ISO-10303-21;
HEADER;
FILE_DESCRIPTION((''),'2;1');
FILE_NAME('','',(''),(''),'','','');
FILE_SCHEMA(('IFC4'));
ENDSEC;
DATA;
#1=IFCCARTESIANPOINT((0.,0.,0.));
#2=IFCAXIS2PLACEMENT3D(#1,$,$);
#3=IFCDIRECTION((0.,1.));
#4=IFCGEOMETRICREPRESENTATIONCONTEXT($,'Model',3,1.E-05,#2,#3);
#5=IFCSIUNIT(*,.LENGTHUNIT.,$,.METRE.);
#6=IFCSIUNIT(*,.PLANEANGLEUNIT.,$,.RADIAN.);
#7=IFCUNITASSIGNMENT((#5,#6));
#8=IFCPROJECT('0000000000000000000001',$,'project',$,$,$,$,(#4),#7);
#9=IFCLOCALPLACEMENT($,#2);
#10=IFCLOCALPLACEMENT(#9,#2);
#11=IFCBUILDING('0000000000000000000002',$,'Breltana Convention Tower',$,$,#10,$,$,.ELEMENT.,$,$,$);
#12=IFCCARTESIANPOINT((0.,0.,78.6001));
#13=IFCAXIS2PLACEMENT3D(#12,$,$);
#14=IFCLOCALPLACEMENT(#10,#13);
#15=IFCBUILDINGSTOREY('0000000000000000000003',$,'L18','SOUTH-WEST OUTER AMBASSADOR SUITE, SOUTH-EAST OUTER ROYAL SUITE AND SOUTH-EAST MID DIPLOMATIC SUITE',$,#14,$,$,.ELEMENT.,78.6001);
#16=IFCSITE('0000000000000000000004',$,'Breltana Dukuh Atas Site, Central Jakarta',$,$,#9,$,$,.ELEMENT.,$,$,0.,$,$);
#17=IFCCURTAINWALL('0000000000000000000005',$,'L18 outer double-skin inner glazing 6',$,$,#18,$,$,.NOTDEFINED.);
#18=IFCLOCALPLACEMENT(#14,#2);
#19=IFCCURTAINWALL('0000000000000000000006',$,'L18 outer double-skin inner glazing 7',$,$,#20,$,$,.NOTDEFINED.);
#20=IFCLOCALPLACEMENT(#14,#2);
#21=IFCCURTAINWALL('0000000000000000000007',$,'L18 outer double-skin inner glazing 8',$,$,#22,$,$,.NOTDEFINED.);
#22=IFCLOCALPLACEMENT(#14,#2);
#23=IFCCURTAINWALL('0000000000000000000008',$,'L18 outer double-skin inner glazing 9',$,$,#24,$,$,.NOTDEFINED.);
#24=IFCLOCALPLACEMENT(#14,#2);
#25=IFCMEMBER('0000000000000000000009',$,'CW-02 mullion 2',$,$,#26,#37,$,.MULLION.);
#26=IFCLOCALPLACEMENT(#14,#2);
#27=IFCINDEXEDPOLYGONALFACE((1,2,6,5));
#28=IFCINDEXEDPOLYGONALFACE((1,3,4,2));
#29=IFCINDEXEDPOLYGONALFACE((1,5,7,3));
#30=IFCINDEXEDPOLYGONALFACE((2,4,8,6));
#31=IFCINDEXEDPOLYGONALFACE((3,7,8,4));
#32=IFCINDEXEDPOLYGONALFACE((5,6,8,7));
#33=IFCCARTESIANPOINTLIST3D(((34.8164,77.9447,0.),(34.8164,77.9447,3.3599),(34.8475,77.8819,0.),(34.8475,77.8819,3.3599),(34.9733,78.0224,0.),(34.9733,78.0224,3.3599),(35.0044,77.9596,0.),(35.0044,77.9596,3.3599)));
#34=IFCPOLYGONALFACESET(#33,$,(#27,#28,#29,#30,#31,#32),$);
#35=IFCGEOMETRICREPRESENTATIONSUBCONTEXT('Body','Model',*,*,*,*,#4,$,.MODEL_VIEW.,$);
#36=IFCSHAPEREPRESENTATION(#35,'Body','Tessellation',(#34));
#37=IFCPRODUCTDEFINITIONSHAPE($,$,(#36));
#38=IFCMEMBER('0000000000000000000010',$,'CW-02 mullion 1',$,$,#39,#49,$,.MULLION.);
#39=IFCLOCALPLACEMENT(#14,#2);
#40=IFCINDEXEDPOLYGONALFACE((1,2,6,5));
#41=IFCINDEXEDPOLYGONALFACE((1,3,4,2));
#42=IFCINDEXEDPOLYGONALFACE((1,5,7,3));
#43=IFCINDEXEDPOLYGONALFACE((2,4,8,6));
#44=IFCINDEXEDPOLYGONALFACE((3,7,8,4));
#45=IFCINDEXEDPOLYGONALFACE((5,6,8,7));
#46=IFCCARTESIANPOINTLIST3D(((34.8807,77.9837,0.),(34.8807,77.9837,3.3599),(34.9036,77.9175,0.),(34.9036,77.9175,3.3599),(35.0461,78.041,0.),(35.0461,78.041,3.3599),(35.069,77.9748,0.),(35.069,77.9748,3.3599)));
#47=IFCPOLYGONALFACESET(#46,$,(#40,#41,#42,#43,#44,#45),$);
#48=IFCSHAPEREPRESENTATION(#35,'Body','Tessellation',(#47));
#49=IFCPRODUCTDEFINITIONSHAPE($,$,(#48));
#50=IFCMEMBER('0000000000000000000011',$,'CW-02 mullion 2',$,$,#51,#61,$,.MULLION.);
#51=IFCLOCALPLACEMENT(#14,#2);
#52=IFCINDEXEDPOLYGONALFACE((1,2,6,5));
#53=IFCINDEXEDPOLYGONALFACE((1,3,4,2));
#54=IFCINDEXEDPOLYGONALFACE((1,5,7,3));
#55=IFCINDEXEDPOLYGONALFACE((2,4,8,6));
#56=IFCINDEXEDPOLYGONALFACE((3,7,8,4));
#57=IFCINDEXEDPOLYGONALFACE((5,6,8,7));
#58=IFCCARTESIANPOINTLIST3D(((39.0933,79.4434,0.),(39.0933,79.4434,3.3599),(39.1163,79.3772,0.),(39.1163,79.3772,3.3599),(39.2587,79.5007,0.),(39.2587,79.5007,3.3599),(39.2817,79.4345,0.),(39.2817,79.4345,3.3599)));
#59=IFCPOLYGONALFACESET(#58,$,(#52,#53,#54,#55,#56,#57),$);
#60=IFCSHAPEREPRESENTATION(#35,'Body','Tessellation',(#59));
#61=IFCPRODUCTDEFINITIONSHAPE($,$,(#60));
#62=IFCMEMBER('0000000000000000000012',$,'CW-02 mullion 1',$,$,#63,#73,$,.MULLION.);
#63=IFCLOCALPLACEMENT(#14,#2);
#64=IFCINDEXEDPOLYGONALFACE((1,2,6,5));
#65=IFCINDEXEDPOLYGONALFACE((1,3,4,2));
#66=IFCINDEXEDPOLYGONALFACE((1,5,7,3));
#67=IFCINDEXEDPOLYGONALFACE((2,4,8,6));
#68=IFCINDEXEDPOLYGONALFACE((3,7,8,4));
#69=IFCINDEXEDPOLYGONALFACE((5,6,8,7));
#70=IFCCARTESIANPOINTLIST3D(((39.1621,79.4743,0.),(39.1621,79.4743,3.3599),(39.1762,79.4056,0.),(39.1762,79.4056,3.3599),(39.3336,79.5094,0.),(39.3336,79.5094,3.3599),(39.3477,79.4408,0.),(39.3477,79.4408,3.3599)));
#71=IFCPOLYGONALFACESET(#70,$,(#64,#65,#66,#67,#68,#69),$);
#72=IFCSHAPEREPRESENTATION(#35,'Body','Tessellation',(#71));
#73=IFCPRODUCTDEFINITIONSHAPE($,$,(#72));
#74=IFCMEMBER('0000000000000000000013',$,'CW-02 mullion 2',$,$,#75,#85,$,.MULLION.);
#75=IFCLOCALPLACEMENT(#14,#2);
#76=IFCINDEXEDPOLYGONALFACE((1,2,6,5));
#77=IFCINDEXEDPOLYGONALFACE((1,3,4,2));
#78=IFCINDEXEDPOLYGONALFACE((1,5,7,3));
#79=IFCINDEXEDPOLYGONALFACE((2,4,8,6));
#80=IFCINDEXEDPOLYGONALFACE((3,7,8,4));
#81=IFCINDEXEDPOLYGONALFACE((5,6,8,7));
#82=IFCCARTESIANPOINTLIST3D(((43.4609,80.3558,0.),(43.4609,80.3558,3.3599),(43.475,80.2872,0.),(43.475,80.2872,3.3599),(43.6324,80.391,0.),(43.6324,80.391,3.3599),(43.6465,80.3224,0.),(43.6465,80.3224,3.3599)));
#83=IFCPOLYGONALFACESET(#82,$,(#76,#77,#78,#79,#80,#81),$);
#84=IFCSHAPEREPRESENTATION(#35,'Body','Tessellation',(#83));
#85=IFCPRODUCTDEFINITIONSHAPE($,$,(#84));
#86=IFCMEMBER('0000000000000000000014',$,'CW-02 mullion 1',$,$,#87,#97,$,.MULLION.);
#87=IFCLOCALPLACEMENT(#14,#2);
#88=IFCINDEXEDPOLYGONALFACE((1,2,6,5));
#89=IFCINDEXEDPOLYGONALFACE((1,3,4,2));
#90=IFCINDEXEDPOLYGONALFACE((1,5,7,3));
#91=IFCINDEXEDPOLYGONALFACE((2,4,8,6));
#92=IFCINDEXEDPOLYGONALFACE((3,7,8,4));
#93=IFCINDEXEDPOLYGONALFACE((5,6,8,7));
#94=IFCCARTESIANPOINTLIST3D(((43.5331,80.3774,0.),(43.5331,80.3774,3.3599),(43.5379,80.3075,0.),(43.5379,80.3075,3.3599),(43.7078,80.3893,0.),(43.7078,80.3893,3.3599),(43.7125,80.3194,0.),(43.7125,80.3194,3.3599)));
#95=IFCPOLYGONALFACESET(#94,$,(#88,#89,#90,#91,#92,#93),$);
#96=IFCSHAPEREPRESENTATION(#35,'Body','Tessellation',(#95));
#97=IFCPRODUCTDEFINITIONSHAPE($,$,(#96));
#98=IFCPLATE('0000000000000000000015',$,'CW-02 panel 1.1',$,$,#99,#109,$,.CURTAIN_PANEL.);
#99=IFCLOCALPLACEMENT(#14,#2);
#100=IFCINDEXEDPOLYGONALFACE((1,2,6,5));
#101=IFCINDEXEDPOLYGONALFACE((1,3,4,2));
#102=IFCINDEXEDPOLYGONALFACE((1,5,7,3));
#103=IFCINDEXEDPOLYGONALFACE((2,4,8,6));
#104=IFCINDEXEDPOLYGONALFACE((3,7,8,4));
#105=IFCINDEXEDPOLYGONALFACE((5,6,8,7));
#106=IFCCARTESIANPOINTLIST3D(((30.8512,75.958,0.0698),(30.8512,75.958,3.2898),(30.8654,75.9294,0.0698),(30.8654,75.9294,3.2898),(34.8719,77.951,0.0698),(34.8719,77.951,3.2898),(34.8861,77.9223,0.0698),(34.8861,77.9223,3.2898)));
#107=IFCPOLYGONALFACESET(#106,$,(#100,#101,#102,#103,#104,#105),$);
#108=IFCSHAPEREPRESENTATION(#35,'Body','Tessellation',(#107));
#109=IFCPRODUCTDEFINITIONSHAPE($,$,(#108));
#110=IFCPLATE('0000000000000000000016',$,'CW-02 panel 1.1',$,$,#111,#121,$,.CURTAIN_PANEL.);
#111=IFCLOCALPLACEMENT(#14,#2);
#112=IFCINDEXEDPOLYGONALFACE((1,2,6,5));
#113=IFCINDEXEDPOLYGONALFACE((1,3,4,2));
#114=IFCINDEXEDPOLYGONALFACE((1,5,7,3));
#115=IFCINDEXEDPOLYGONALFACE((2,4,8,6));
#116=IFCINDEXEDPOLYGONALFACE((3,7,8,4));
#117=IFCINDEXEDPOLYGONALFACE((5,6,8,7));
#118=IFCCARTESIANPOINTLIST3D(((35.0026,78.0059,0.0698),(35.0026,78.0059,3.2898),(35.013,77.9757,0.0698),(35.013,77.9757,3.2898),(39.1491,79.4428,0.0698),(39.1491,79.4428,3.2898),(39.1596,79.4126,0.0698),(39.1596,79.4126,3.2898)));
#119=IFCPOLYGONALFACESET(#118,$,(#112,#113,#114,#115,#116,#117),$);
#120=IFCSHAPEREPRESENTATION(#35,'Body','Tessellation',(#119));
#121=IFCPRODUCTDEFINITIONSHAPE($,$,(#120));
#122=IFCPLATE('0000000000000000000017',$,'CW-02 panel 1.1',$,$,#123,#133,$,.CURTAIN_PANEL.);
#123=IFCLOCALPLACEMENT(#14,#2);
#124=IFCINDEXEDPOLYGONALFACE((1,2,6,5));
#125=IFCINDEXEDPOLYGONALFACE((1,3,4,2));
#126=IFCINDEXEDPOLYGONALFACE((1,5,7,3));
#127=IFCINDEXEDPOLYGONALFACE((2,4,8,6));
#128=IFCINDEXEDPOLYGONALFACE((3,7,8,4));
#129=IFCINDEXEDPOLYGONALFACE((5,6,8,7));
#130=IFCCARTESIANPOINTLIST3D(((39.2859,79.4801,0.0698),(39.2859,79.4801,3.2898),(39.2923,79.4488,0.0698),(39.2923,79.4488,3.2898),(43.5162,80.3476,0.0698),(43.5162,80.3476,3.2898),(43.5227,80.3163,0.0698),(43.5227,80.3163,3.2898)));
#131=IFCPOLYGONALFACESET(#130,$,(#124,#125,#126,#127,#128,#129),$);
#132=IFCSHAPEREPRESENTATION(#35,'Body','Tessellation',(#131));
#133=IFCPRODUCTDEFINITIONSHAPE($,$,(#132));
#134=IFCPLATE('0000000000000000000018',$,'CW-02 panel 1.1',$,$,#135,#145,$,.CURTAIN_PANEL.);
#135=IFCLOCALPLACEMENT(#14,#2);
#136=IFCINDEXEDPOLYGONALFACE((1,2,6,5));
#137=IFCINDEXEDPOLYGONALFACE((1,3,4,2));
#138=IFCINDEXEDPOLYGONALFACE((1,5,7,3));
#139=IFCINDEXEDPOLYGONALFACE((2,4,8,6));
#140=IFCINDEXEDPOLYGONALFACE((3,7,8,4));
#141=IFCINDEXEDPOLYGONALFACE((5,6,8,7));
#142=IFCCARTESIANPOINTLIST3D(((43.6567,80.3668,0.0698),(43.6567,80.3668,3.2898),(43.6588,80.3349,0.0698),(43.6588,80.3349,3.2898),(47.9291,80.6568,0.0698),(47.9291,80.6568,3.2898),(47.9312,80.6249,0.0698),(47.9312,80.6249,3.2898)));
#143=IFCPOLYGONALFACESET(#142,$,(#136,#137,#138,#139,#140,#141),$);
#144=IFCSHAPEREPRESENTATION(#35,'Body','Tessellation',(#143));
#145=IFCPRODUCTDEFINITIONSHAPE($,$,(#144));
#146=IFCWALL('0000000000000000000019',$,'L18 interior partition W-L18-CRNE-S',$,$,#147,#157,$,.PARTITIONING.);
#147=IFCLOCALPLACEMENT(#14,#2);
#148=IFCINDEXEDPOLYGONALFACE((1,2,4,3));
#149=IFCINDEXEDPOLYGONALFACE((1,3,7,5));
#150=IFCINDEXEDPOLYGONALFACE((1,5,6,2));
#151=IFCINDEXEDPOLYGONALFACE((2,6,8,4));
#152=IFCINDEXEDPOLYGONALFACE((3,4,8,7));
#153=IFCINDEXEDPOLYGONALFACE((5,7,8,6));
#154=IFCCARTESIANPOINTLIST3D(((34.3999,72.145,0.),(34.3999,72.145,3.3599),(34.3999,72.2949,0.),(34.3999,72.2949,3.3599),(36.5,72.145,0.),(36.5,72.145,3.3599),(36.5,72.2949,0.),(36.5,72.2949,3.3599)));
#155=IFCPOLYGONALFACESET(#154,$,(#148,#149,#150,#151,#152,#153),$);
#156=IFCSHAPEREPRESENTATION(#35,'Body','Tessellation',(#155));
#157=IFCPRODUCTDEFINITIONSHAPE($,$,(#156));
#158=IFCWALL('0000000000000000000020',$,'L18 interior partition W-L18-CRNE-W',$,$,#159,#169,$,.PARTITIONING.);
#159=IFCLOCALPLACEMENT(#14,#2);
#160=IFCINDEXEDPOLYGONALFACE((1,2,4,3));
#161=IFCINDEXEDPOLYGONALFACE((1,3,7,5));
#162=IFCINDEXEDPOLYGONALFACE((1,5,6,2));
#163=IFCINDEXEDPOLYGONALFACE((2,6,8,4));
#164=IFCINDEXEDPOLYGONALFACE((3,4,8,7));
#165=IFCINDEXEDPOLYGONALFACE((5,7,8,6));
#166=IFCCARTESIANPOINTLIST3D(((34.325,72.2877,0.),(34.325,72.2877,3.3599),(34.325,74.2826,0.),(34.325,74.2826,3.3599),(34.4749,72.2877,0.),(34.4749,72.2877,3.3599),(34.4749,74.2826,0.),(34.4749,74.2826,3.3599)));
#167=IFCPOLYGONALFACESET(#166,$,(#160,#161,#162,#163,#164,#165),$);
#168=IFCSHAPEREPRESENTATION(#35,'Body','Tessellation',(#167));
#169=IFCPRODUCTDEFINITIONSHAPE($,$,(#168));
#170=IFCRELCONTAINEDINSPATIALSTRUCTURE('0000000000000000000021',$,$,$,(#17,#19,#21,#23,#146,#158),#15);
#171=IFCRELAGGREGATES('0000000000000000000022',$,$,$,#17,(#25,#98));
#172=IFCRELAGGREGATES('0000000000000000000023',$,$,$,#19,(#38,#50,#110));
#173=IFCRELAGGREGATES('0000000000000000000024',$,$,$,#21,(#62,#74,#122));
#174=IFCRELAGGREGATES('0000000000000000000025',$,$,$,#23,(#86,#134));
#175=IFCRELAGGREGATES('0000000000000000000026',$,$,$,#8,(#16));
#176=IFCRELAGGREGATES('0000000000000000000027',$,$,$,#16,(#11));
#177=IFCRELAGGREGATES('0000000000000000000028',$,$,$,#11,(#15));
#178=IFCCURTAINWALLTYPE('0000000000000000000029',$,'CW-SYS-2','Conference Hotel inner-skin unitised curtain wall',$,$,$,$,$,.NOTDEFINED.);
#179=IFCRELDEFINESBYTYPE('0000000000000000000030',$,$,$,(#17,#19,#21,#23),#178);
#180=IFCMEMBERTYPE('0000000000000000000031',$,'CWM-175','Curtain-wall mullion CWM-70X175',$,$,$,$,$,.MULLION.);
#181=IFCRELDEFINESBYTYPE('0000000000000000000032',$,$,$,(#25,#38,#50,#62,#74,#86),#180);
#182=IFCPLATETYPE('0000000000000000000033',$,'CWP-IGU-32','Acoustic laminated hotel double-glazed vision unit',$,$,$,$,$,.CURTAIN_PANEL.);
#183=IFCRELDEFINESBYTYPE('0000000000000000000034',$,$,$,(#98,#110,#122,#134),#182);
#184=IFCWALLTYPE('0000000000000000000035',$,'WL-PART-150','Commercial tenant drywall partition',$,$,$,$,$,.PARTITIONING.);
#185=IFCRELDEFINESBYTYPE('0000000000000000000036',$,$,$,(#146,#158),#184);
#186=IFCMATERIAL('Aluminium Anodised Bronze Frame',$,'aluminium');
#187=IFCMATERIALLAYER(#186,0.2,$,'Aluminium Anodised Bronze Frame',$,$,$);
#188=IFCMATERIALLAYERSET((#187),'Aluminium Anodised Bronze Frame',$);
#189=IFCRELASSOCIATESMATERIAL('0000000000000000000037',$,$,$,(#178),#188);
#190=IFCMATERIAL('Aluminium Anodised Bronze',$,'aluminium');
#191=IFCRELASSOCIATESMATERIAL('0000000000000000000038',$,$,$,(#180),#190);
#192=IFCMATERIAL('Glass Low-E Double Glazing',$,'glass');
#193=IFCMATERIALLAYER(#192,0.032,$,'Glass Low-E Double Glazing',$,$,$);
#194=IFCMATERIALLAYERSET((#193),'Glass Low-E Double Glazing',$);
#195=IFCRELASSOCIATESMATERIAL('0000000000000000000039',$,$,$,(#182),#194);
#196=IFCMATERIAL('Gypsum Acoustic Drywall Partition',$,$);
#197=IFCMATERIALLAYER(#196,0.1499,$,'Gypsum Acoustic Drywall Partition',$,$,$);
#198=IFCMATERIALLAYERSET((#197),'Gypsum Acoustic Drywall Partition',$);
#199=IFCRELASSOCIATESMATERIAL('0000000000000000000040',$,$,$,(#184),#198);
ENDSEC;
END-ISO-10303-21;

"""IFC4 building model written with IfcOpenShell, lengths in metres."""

from ifc_helpers import new_model, si_unit, direction, frame, frame_2d, origin, origin_2d, place, context, subcontext, project, spatial, rectangle, extrude, source, transform, mapped, material, layer, layer_set, material_profile, profile_set, type_object, element, aggregate, save


model = new_model("IFC4")

# Units and contexts
model_context = context("Model", 3, precision=1e-05, world=origin(), true_north=direction((0.0, 1.0)))
body_context = subcontext(model_context, "Body", "Model", "MODEL_VIEW")
ifc_project = project(units=[si_unit("LENGTHUNIT", "METRE"), si_unit("PLANEANGLEUNIT", "RADIAN")], contexts=[model_context])

# Site, building, storey
site_placement = place(None, origin())
site = spatial("IfcSite", under=ifc_project, at=site_placement, Name="Breltana Dukuh Atas Site, Central Jakarta", CompositionType="ELEMENT", RefElevation=0.0)
building_placement = place(site_placement, origin())
building = spatial("IfcBuilding", under=site, at=building_placement, Name="Breltana Convention Tower", CompositionType="ELEMENT")
storey_placement = place(building_placement, frame((0.0, 0.0, 78.6001)))
storey = spatial("IfcBuildingStorey", under=building, at=storey_placement, Name="L18", Description="SOUTH-WEST OUTER AMBASSADOR SUITE, SOUTH-EAST OUTER ROYAL SUITE AND SOUTH-EAST MID DIPLOMATIC SUITE", CompositionType="ELEMENT", Elevation=78.6001)

# Curtain walls
ifc_material_1 = material(Name="Aluminium Anodised Bronze Frame", Category="aluminium")
ifc_layer_1 = layer(ifc_material_1, 0.2, Name="Aluminium Anodised Bronze Frame")
ifc_layer_set_1 = layer_set([ifc_layer_1], Name="Aluminium Anodised Bronze Frame")
curtain_wall_type = type_object("IfcCurtainWallType", Name="CW-SYS-2", Description="Conference Hotel inner-skin unitised curtain wall", PredefinedType="NOTDEFINED", material=ifc_layer_set_1)
curtain_wall_1_placement = place(storey_placement, origin())
curtain_wall_1 = element("IfcCurtainWall", 1, at=curtain_wall_1_placement, inside=storey, type_object=curtain_wall_type, Name="L18 outer double-skin inner glazing 6", PredefinedType="NOTDEFINED")
ifc_material_2 = material(Name="Aluminium Anodised Bronze", Category="aluminium")
curtain_wall_2_placement = place(storey_placement, origin())
curtain_wall_2 = element("IfcCurtainWall", 2, at=curtain_wall_2_placement, inside=storey, type_object=curtain_wall_type, Name="L18 outer double-skin inner glazing 7", PredefinedType="NOTDEFINED")
curtain_wall_3_placement = place(storey_placement, origin())
curtain_wall_3 = element("IfcCurtainWall", 3, at=curtain_wall_3_placement, inside=storey, type_object=curtain_wall_type, Name="L18 outer double-skin inner glazing 8", PredefinedType="NOTDEFINED")
curtain_wall_4_placement = place(storey_placement, origin())
curtain_wall_4 = element("IfcCurtainWall", 4, at=curtain_wall_4_placement, inside=storey, type_object=curtain_wall_type, Name="L18 outer double-skin inner glazing 9", PredefinedType="NOTDEFINED")

# Members
ifc_material_profile_1 = material_profile(ifc_material_2, rectangle(XDim=0.0701, YDim=0.175, at=origin_2d()), Name="CWM-70X175")
ifc_profile_set_1 = profile_set([ifc_material_profile_1], Name="Aluminium Anodised Bronze")
member_type_1 = type_object("IfcMemberType", Name="CWM-175", Description="Curtain-wall mullion CWM-70X175", PredefinedType="MULLION", material=ifc_profile_set_1)
shared_shape_1 = source(origin(), body_context, "Body", "SweptSolid", [
    extrude(rectangle(XDim=0.0701, YDim=0.175, at=origin_2d()), origin(), (0.0, 0.0, 1.0), 3.3599),
])
member_1_placement = place(storey_placement, frame((34.9104, 77.9521, 0.0), z_axis=(0.0, 0.0, 1.0), x_axis=(-0.444108, 0.895973, 0.0)))
member_1 = element("IfcMember", 5, at=member_1_placement, type_object=member_type_1, Name="CW-02 mullion 2", PredefinedType="MULLION", context=body_context, shape_type="MappedRepresentation", body=[
    mapped(shared_shape_1, transform((0.0, 0.0, 0.0), scale=1.0)),
])
member_2_placement = place(storey_placement, frame((34.9749, 77.9792, 0.0), z_axis=(0.0, 0.0, 1.0), x_axis=(-0.327428, 0.944876, 0.0)))
member_2 = element("IfcMember", 6, at=member_2_placement, type_object=member_type_1, Name="CW-02 mullion 1", PredefinedType="MULLION", context=body_context, shape_type="MappedRepresentation", body=[
    mapped(shared_shape_1, transform((0.0, 0.0, 0.0), scale=1.0)),
])
member_3_placement = place(storey_placement, frame((39.1875, 79.439, 0.0), z_axis=(0.0, 0.0, 1.0), x_axis=(-0.327428, 0.944876, 0.0)))
member_3 = element("IfcMember", 7, at=member_3_placement, type_object=member_type_1, Name="CW-02 mullion 2", PredefinedType="MULLION", context=body_context, shape_type="MappedRepresentation", body=[
    mapped(shared_shape_1, transform((0.0, 0.0, 0.0), scale=1.0)),
])
member_4_placement = place(storey_placement, frame((39.2549, 79.4575, 0.0), z_axis=(0.0, 0.0, 1.0), x_axis=(-0.200885, 0.979615, 0.0)))
member_4 = element("IfcMember", 8, at=member_4_placement, type_object=member_type_1, Name="CW-02 mullion 1", PredefinedType="MULLION", context=body_context, shape_type="MappedRepresentation", body=[
    mapped(shared_shape_1, transform((0.0, 0.0, 0.0), scale=1.0)),
])
member_5_placement = place(storey_placement, frame((43.5537, 80.3391, 0.0), z_axis=(0.0, 0.0, 1.0), x_axis=(-0.200885, 0.979615, 0.0)))
member_5 = element("IfcMember", 9, at=member_5_placement, type_object=member_type_1, Name="CW-02 mullion 2", PredefinedType="MULLION", context=body_context, shape_type="MappedRepresentation", body=[
    mapped(shared_shape_1, transform((0.0, 0.0, 0.0), scale=1.0)),
])
member_6_placement = place(storey_placement, frame((43.6228, 80.3484, 0.0), z_axis=(0.0, 0.0, 1.0), x_axis=(-0.067726, 0.997704, 0.0)))
member_6 = element("IfcMember", 10, at=member_6_placement, type_object=member_type_1, Name="CW-02 mullion 1", PredefinedType="MULLION", context=body_context, shape_type="MappedRepresentation", body=[
    mapped(shared_shape_1, transform((0.0, 0.0, 0.0), scale=1.0)),
])

# Plates
ifc_material_3 = material(Name="Glass Low-E Double Glazing", Category="glass")
ifc_layer_2 = layer(ifc_material_3, 0.032, Name="Glass Low-E Double Glazing")
ifc_layer_set_2 = layer_set([ifc_layer_2], Name="Glass Low-E Double Glazing")
plate_type = type_object("IfcPlateType", Name="CWP-IGU-32", Description="Acoustic laminated hotel double-glazed vision unit", PredefinedType="CURTAIN_PANEL", material=ifc_layer_set_2)
shared_shape_2 = source(origin(), body_context, "Body", "SweptSolid", [
    extrude(rectangle(XDim=4.4875, YDim=0.032, at=origin_2d()), origin(), (0.0, 0.0, 1.0), 3.22),
])
plate_1_placement = place(storey_placement, frame((32.8687, 76.9402, 0.0698), z_axis=(0.0, 0.0, 1.0), x_axis=(0.895973, 0.444108, 0.0)))
plate_1 = element("IfcPlate", 11, at=plate_1_placement, type_object=plate_type, Name="CW-02 panel 1.1", PredefinedType="CURTAIN_PANEL", context=body_context, shape_type="MappedRepresentation", body=[
    mapped(shared_shape_2, transform((0.0, 0.0, 0.0), scale=1.0)),
])
aggregate(curtain_wall_1, [member_1, plate_1])
shared_shape_3 = source(origin(), body_context, "Body", "SweptSolid", [
    extrude(rectangle(XDim=4.3884, YDim=0.032, at=origin_2d()), origin(), (0.0, 0.0, 1.0), 3.22),
])
plate_2_placement = place(storey_placement, frame((37.0811, 78.7092, 0.0698), z_axis=(0.0, 0.0, 1.0), x_axis=(0.944876, 0.327428, 0.0)))
plate_2 = element("IfcPlate", 12, at=plate_2_placement, type_object=plate_type, Name="CW-02 panel 1.1", PredefinedType="CURTAIN_PANEL", context=body_context, shape_type="MappedRepresentation", body=[
    mapped(shared_shape_3, transform((0.0, 0.0, 0.0), scale=1.0)),
])
aggregate(curtain_wall_2, [member_2, member_3, plate_2])
shared_shape_4 = source(origin(), body_context, "Body", "SweptSolid", [
    extrude(rectangle(XDim=4.3184, YDim=0.032, at=origin_2d()), origin(), (0.0, 0.0, 1.0), 3.22),
])
plate_3_placement = place(storey_placement, frame((41.4043, 79.8982, 0.0698), z_axis=(0.0, 0.0, 1.0), x_axis=(0.979615, 0.200885, 0.0)))
plate_3 = element("IfcPlate", 13, at=plate_3_placement, type_object=plate_type, Name="CW-02 panel 1.1", PredefinedType="CURTAIN_PANEL", context=body_context, shape_type="MappedRepresentation", body=[
    mapped(shared_shape_4, transform((0.0, 0.0, 0.0), scale=1.0)),
])
aggregate(curtain_wall_3, [member_4, member_5, plate_3])
shared_shape_5 = source(origin(), body_context, "Body", "SweptSolid", [
    extrude(rectangle(XDim=4.2822, YDim=0.032, at=origin_2d()), origin(), (0.0, 0.0, 1.0), 3.22),
])
plate_4_placement = place(storey_placement, frame((45.7939, 80.4958, 0.0698), z_axis=(0.0, 0.0, 1.0), x_axis=(0.997704, 0.067726, 0.0)))
plate_4 = element("IfcPlate", 14, at=plate_4_placement, type_object=plate_type, Name="CW-02 panel 1.1", PredefinedType="CURTAIN_PANEL", context=body_context, shape_type="MappedRepresentation", body=[
    mapped(shared_shape_5, transform((0.0, 0.0, 0.0), scale=1.0)),
])
aggregate(curtain_wall_4, [member_6, plate_4])

# Walls
ifc_material_4 = material(Name="Gypsum Acoustic Drywall Partition")
ifc_layer_3 = layer(ifc_material_4, 0.1499, Name="Gypsum Acoustic Drywall Partition")
ifc_layer_set_3 = layer_set([ifc_layer_3], Name="Gypsum Acoustic Drywall Partition")
wall_type_1 = type_object("IfcWallType", Name="WL-PART-150", Description="Commercial tenant drywall partition", PredefinedType="PARTITIONING", material=ifc_layer_set_3)
shared_shape_6 = source(origin(), body_context, "Body", "SweptSolid", [
    extrude(rectangle(XDim=2.1001, YDim=0.1499, at=frame_2d((1.05, 0.0))), origin(), (0.0, 0.0, 1.0), 3.3599),
])
wall_1_placement = place(storey_placement, frame((34.3999, 72.22, 0.0), z_axis=(0.0, 0.0, 1.0), x_axis=(1.0, 0.0, 0.0)))
element("IfcWall", 15, at=wall_1_placement, inside=storey, type_object=wall_type_1, Name="L18 interior partition W-L18-CRNE-S", PredefinedType="PARTITIONING", context=body_context, shape_type="MappedRepresentation", body=[
    mapped(shared_shape_6, transform((0.0, 0.0, 0.0), scale=1.0)),
])
shared_shape_7 = source(origin(), body_context, "Body", "SweptSolid", [
    extrude(rectangle(XDim=1.9949, YDim=0.1499, at=frame_2d((0.9976, 0.0))), origin(), (0.0, 0.0, 1.0), 3.3599),
])
wall_2_placement = place(storey_placement, frame((34.3999, 72.2876, 0.0), z_axis=(0.0, 0.0, 1.0), x_axis=(0.0, 1.0, 0.0)))
element("IfcWall", 16, at=wall_2_placement, inside=storey, type_object=wall_type_1, Name="L18 interior partition W-L18-CRNE-W", PredefinedType="PARTITIONING", context=body_context, shape_type="MappedRepresentation", body=[
    mapped(shared_shape_7, transform((0.0, 0.0, 0.0), scale=1.0)),
])

save(model, "model.ifc")
